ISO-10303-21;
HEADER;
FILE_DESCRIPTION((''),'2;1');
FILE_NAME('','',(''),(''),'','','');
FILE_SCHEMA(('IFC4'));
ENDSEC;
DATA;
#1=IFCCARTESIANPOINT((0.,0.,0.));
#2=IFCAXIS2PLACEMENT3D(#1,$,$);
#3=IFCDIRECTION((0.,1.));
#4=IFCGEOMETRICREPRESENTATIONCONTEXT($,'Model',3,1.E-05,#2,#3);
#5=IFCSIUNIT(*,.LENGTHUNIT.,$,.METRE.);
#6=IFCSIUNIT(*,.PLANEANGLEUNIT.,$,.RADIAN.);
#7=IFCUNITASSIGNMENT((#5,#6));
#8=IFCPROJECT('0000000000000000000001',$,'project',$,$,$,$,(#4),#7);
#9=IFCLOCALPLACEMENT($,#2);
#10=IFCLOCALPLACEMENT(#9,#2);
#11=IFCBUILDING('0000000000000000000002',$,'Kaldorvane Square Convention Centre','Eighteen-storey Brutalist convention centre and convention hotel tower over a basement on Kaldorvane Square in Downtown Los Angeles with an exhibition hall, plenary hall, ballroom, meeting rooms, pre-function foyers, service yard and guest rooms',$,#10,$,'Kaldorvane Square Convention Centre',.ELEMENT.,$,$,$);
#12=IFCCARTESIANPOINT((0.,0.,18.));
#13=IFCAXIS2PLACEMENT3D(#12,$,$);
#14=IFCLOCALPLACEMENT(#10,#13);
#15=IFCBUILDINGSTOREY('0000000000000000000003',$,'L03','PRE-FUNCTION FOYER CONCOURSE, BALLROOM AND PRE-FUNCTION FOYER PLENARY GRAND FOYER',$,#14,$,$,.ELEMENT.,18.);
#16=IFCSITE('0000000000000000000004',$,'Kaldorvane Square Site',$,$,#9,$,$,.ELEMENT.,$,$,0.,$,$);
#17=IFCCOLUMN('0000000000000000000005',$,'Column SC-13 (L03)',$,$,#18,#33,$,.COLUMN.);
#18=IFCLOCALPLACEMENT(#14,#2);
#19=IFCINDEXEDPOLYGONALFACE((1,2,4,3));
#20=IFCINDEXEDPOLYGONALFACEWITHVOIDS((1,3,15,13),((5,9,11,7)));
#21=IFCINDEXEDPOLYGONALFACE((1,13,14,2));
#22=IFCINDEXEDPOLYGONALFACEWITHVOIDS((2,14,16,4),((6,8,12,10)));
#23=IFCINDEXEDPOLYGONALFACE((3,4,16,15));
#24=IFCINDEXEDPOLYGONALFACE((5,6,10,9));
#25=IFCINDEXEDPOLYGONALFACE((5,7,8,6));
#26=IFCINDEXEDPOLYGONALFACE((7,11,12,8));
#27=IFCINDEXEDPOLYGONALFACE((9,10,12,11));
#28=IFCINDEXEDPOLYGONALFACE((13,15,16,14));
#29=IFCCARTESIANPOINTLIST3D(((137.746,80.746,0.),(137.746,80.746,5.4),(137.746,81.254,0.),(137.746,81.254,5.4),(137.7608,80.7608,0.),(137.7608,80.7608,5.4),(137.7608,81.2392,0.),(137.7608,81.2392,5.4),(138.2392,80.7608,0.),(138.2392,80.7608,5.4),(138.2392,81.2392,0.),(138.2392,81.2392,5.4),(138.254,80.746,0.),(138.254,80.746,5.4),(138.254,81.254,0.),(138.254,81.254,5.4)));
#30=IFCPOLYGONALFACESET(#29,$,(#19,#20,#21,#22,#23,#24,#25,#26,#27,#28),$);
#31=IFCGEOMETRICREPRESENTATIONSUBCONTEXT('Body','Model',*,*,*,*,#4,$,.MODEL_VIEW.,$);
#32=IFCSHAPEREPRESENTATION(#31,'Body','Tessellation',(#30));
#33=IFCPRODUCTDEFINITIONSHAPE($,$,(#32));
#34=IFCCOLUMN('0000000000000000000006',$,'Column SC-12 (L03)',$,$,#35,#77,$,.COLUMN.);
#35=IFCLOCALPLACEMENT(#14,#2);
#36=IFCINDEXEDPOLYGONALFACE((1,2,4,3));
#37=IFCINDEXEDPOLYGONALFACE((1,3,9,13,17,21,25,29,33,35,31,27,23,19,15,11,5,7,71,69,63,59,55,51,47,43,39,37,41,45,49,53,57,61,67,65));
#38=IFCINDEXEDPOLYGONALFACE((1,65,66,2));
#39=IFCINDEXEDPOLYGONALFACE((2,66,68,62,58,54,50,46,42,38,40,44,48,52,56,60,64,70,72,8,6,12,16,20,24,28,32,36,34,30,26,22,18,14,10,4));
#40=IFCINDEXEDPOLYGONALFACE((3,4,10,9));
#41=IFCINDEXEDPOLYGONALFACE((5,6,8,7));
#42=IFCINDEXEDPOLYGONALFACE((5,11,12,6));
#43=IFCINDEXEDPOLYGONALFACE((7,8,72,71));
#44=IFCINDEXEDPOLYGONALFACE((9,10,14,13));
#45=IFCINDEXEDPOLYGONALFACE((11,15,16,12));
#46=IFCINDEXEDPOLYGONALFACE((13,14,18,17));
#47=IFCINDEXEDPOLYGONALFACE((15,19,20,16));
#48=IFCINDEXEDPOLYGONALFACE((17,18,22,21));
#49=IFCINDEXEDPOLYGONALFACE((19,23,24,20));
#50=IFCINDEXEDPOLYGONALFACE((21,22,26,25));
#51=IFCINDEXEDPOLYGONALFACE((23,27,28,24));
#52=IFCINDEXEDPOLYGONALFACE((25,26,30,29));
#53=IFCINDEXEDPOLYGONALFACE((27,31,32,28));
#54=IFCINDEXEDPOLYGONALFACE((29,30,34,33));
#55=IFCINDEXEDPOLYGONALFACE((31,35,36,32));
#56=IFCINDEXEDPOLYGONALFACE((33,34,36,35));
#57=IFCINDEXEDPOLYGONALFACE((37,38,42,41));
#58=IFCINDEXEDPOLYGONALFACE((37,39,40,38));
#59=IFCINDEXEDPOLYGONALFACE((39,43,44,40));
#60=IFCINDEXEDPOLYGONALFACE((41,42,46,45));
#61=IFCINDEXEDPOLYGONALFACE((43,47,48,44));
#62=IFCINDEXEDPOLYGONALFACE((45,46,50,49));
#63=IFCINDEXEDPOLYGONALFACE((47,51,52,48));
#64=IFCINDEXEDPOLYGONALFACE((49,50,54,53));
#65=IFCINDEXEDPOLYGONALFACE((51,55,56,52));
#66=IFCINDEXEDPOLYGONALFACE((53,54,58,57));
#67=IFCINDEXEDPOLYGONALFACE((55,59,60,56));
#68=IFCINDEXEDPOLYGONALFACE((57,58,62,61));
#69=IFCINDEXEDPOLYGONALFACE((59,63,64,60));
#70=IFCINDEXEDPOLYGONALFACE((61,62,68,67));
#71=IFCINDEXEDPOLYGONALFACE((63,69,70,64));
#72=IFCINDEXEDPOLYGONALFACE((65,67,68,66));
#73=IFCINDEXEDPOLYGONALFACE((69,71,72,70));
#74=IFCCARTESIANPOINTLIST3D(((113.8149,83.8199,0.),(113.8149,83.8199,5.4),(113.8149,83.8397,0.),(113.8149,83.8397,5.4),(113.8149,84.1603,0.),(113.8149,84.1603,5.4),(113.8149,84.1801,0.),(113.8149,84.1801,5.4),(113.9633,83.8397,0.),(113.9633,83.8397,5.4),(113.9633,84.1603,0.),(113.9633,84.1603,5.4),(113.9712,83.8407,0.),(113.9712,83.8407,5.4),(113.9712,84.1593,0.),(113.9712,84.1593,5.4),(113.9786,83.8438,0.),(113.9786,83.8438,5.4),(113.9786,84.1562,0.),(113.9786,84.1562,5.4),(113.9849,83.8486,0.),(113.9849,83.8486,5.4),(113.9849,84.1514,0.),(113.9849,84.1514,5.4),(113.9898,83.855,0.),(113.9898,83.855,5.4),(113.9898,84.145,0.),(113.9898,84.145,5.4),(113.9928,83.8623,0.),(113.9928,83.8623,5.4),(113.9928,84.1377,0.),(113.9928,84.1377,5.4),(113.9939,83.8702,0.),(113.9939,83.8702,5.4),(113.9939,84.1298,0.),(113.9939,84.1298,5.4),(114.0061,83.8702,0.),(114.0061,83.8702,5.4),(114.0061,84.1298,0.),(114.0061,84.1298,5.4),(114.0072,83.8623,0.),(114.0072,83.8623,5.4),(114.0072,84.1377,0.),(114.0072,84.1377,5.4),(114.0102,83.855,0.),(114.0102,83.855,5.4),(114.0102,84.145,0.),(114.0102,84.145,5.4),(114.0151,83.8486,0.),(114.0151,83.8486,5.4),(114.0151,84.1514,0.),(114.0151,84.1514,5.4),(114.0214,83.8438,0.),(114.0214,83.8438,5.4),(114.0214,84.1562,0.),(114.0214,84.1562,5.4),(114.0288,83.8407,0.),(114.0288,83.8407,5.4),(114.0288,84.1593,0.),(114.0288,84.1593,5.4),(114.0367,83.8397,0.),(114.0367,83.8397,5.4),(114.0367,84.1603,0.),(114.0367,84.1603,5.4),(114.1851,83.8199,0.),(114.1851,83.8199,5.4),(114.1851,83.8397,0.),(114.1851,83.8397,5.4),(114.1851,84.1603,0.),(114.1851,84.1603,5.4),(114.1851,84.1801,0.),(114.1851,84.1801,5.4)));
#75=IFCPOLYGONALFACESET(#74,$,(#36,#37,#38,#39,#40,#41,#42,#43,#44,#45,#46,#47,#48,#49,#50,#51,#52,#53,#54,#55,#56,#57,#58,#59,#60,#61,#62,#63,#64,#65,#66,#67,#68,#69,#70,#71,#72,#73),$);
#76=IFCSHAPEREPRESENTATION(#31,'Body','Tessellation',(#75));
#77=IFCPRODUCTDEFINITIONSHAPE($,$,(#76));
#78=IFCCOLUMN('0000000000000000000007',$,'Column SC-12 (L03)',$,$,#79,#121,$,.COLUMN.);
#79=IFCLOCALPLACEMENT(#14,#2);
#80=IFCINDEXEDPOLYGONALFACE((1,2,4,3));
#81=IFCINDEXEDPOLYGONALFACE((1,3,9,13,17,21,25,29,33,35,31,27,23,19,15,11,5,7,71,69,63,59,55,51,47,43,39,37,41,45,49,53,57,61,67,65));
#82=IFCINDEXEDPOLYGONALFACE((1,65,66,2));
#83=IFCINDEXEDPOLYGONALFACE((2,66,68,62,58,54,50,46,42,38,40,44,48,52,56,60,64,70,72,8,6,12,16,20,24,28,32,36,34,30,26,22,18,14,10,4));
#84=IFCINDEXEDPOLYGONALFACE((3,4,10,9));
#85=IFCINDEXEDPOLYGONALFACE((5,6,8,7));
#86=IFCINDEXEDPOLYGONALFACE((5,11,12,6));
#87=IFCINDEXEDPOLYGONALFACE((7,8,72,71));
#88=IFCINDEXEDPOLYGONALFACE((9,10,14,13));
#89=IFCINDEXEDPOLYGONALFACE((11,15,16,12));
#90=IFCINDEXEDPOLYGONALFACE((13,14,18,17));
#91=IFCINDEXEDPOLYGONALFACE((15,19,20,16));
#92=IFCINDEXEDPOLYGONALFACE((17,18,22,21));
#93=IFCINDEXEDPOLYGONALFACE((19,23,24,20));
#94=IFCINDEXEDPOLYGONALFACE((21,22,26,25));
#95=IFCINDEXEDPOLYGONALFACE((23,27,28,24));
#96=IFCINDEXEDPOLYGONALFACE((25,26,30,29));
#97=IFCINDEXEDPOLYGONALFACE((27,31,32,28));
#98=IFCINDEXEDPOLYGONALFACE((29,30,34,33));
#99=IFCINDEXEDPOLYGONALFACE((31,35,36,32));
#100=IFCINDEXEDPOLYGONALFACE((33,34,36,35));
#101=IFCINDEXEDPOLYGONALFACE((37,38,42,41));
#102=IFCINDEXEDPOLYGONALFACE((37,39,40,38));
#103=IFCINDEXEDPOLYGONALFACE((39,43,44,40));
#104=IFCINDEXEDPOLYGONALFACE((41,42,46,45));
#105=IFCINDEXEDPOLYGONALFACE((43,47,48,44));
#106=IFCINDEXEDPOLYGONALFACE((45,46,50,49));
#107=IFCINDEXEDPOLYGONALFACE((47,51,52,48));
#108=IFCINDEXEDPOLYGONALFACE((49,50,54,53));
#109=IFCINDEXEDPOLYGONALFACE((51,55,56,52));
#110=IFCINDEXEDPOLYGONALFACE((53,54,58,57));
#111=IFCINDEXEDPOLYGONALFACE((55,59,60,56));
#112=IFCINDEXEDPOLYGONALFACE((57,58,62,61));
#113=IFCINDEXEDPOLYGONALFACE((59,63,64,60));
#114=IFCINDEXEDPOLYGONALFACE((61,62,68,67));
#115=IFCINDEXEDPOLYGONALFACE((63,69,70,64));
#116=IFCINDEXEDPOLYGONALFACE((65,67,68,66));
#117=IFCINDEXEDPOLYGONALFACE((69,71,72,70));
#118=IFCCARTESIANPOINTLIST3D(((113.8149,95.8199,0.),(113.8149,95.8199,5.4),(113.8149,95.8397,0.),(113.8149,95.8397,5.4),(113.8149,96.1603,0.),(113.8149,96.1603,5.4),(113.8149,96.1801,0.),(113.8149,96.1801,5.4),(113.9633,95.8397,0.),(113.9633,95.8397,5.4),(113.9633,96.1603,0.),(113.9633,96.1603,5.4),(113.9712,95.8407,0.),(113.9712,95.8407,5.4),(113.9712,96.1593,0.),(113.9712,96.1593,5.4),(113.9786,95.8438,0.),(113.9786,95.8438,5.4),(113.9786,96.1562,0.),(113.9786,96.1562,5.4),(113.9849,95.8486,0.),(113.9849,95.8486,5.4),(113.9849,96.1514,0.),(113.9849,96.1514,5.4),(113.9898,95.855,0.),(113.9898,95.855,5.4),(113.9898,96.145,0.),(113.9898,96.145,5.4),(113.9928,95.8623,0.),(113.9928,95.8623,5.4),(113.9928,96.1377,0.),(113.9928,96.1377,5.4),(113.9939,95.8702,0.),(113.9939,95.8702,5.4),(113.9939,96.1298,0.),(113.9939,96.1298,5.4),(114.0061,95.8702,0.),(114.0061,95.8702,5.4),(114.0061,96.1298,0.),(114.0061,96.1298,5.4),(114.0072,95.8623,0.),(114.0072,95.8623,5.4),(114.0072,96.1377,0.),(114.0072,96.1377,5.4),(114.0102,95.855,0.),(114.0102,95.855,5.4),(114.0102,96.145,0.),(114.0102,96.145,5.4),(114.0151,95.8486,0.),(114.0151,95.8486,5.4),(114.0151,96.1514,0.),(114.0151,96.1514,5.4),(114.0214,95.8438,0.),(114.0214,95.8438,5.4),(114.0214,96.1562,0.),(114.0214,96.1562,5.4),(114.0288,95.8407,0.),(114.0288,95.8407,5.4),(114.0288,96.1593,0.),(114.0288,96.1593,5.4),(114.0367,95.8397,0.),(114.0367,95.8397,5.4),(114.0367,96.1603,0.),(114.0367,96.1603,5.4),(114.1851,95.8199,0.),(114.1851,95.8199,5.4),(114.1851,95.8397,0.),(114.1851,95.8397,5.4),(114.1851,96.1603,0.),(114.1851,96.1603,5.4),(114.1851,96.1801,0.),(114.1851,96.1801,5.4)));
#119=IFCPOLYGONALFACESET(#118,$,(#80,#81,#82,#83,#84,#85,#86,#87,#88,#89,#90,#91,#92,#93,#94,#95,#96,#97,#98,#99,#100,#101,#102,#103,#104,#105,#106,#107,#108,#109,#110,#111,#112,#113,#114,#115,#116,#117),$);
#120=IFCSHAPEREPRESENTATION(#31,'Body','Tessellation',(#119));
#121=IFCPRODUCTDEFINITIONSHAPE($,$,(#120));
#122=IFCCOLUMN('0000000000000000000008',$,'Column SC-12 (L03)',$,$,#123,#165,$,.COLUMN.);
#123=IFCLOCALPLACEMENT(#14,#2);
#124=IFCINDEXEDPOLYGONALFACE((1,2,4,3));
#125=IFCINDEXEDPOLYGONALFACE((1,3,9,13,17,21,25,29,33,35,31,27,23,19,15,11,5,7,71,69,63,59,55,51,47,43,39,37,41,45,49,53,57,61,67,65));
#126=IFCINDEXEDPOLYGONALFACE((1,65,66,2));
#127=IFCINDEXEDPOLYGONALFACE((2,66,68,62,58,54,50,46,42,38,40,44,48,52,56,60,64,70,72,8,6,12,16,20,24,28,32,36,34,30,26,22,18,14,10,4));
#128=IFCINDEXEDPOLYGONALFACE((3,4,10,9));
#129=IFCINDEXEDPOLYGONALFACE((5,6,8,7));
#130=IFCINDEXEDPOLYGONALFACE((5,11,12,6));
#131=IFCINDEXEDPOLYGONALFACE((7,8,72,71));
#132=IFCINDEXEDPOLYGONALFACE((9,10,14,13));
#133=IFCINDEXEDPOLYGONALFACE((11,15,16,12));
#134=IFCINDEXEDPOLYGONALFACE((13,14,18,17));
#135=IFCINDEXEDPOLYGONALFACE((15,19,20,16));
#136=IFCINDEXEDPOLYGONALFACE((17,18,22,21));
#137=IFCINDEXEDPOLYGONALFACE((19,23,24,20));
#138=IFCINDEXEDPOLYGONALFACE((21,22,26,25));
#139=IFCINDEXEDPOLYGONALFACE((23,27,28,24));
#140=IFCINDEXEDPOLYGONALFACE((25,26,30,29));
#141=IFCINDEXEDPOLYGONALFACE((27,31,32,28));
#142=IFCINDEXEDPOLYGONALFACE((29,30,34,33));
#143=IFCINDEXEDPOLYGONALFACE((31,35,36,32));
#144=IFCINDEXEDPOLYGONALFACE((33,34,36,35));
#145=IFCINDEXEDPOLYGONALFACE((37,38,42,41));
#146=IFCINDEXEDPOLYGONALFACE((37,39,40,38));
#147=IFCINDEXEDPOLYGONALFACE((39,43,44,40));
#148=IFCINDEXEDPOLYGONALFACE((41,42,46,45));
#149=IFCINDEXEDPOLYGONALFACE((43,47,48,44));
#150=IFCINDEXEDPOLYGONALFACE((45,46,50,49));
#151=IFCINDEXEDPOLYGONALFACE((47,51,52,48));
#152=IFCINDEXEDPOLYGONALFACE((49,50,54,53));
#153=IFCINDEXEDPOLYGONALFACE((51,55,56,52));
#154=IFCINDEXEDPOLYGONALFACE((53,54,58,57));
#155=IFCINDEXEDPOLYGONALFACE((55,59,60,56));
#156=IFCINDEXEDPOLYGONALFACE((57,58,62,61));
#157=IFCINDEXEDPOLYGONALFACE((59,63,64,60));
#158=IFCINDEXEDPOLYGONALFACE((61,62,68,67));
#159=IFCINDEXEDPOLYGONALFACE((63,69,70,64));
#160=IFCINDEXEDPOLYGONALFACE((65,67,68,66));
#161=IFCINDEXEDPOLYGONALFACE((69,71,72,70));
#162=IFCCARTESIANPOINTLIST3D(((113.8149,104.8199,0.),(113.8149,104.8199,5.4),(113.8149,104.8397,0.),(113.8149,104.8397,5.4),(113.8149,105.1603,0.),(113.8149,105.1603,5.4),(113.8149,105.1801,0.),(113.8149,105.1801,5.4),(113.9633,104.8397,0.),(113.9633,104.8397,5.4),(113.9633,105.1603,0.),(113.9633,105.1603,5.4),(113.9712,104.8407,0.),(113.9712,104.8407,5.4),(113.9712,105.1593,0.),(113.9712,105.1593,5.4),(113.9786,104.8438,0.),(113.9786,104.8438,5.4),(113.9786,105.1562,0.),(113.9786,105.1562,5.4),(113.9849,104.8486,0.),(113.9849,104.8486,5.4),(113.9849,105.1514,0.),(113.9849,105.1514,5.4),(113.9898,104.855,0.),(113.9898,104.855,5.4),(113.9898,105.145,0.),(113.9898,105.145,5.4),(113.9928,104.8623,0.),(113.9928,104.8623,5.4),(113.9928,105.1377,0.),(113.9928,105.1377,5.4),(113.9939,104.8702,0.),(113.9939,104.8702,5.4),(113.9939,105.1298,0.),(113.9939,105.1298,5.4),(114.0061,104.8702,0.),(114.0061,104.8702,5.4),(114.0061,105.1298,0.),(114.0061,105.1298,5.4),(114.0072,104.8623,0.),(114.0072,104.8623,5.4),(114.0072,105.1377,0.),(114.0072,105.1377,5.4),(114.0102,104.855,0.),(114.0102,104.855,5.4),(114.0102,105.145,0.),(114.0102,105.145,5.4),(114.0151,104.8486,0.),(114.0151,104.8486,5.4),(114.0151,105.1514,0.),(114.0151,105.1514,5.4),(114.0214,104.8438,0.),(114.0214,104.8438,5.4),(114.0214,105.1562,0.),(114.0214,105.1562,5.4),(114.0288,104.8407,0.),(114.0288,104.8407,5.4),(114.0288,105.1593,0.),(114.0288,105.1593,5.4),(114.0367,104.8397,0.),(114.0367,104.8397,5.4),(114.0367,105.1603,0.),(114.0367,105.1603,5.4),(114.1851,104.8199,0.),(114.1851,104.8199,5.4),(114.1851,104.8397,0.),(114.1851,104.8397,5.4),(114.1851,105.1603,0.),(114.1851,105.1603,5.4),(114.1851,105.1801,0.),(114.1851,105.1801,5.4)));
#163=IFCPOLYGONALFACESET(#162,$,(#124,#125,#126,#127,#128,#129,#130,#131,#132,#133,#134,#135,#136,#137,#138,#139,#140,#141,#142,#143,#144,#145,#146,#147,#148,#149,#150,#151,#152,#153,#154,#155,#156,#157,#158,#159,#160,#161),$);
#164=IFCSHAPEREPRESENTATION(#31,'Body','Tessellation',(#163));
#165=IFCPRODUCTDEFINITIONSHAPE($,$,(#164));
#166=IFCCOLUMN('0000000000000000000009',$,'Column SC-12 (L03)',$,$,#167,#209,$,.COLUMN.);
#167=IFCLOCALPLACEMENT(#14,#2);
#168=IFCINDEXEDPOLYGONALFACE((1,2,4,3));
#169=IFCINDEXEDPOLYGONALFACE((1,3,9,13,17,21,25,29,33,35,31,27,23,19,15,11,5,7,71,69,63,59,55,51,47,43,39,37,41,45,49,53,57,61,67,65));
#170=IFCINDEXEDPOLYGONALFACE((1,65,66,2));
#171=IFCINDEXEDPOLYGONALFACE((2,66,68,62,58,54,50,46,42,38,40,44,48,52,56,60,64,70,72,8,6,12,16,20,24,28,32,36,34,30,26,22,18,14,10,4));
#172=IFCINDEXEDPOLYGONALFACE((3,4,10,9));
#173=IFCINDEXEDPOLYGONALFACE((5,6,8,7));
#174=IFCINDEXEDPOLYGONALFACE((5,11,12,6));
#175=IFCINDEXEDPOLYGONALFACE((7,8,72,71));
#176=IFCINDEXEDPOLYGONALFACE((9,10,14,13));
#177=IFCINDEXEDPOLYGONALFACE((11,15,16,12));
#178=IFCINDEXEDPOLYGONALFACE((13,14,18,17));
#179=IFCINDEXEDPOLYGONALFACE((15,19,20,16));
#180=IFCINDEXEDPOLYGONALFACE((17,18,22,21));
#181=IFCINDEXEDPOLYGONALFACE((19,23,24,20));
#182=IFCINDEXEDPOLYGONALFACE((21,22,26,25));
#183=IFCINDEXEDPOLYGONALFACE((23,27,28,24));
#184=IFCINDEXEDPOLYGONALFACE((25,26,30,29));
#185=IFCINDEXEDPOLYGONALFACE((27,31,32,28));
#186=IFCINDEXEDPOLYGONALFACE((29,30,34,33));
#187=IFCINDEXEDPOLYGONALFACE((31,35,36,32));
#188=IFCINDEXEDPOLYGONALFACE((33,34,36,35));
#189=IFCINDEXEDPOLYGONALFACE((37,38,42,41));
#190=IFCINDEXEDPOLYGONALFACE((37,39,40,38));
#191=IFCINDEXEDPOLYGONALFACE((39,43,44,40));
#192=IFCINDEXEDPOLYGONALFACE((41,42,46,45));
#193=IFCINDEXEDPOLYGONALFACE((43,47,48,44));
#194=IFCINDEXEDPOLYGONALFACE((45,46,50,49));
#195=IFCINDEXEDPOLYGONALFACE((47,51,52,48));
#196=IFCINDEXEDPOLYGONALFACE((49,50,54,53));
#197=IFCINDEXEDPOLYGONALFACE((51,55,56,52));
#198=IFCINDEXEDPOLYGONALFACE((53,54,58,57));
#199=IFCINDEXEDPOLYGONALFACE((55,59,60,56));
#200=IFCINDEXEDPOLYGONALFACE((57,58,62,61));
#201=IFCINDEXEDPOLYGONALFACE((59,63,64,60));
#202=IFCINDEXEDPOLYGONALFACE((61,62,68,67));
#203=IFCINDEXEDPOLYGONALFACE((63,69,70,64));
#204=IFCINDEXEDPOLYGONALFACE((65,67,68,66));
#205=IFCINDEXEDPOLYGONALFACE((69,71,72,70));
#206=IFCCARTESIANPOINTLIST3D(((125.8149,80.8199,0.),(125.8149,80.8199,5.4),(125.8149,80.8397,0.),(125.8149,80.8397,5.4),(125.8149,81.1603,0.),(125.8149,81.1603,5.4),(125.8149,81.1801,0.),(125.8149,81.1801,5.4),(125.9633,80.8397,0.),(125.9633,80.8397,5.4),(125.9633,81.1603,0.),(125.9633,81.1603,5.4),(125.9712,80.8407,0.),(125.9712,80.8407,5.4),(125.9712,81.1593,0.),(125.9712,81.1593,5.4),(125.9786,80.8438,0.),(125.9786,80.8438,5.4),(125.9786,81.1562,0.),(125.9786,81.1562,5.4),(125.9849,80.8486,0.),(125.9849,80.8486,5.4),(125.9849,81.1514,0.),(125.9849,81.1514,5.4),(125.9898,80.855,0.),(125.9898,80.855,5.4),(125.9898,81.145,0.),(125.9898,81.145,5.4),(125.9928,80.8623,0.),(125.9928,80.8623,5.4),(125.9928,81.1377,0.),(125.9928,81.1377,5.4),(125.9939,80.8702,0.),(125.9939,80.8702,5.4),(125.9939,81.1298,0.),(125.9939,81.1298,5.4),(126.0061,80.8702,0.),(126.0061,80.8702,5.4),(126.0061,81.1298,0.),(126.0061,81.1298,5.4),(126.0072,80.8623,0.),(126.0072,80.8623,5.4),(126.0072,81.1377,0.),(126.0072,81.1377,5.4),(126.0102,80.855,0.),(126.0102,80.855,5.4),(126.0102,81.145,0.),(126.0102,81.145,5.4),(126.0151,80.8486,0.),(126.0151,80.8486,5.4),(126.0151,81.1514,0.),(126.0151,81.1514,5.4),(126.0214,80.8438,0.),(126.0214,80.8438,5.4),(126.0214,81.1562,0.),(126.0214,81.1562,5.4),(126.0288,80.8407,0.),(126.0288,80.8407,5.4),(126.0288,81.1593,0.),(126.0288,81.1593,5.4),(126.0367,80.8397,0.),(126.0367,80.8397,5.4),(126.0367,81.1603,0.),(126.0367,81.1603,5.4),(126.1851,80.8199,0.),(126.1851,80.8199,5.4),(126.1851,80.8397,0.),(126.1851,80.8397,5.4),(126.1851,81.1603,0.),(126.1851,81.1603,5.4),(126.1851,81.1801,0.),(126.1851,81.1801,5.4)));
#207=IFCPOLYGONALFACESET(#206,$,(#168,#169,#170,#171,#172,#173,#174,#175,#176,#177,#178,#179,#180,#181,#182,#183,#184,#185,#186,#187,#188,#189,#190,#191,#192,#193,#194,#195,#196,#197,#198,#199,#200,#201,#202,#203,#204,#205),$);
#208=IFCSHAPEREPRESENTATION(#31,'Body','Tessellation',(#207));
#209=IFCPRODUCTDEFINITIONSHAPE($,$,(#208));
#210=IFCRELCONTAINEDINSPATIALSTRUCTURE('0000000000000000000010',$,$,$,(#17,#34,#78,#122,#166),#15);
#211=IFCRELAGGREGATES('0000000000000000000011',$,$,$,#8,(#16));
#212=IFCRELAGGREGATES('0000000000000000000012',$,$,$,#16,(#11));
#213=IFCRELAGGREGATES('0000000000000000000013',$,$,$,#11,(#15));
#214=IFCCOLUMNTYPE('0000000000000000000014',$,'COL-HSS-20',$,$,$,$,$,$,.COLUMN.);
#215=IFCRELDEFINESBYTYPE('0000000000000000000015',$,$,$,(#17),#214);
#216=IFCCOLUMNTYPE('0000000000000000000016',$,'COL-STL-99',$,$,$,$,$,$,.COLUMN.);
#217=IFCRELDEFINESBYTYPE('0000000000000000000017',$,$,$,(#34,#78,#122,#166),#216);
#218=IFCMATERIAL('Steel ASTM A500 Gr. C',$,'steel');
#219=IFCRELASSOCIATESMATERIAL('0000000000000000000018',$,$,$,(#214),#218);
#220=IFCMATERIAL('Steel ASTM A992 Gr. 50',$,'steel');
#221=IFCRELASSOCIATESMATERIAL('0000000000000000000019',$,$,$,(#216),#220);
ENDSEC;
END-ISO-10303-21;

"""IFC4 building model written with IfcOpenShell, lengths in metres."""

from ifc_helpers import new_model, si_unit, direction, frame, origin, origin_2d, place, context, subcontext, project, spatial, hollow_rectangle, i_section, extrude, material, material_profile, profile_set, type_object, element, save


model = new_model("IFC4")

# Units and contexts
model_context = context("Model", 3, precision=1e-05, world=origin(), true_north=direction((0.0, 1.0)))
body_context = subcontext(model_context, "Body", "Model", "MODEL_VIEW")
ifc_project = project(units=[si_unit("LENGTHUNIT", "METRE"), si_unit("PLANEANGLEUNIT", "RADIAN")], contexts=[model_context])

# Site, building, storey
site_placement = place(None, origin())
site = spatial("IfcSite", under=ifc_project, at=site_placement, Name="Kaldorvane Square Site", CompositionType="ELEMENT", RefElevation=0.0)
building_placement = place(site_placement, origin())
building = spatial("IfcBuilding", under=site, at=building_placement, Name="Kaldorvane Square Convention Centre", Description="Eighteen-storey Brutalist convention centre and convention hotel tower over a basement on Kaldorvane Square in Downtown Los Angeles with an exhibition hall, plenary hall, ballroom, meeting rooms, pre-function foyers, service yard and guest rooms", LongName="Kaldorvane Square Convention Centre", CompositionType="ELEMENT")
storey_placement = place(building_placement, frame((0.0, 0.0, 18.0)))
storey = spatial("IfcBuildingStorey", under=building, at=storey_placement, Name="L03", Description="PRE-FUNCTION FOYER CONCOURSE, BALLROOM AND PRE-FUNCTION FOYER PLENARY GRAND FOYER", CompositionType="ELEMENT", Elevation=18.0)

# Columns
ifc_material_1 = material(Name="Steel ASTM A500 Gr. C", Category="steel")
ifc_material_profile_1 = material_profile(ifc_material_1, hollow_rectangle(XDim=0.508, YDim=0.508, WallThickness=0.0148, at=origin_2d()), Name="HSS20X20X5/8")
ifc_profile_set_1 = profile_set([ifc_material_profile_1], Name="Steel ASTM A500 Gr. C")
column_type_1 = type_object("IfcColumnType", Name="COL-HSS-20", PredefinedType="COLUMN", material=ifc_profile_set_1)
column_placement = place(storey_placement, frame((138.0, 81.0, 0.0), z_axis=(0.0, 0.0, 1.0), x_axis=(1.0, 0.0, 0.0)))
element("IfcColumn", 1, at=column_placement, inside=storey, type_object=column_type_1, Name="Column SC-13 (L03)", PredefinedType="COLUMN", context=body_context, shape_type="SweptSolid", body=[
    extrude(hollow_rectangle(XDim=0.508, YDim=0.508, WallThickness=0.0148, at=origin_2d()), origin(), (0.0, 0.0, 1.0), 5.4),
])
ifc_material_2 = material(Name="Steel ASTM A992 Gr. 50", Category="steel")
ifc_material_profile_2 = material_profile(ifc_material_2, i_section(OverallWidth=0.3701, OverallDepth=0.3602, WebThickness=0.0123, FlangeThickness=0.0198, FilletRadius=0.0305, at=origin_2d()), Name="W14X99")
ifc_profile_set_2 = profile_set([ifc_material_profile_2], Name="Steel ASTM A992 Gr. 50")
column_type_2 = type_object("IfcColumnType", Name="COL-STL-99", PredefinedType="COLUMN", material=ifc_profile_set_2)
for number, where, z_axis, x_axis, name in (
    (2, (114.0, 84.0, 0.0), (0.0, 0.0, 1.0), (1.0, 0.0, 0.0), "Column SC-12 (L03)"),
    (3, (114.0, 96.0, 0.0), (0.0, 0.0, 1.0), (1.0, 0.0, 0.0), "Column SC-12 (L03)"),
    (4, (114.0, 105.0, 0.0), (0.0, 0.0, 1.0), (1.0, 0.0, 0.0), "Column SC-12 (L03)"),
    (5, (126.0, 81.0, 0.0), (0.0, 0.0, 1.0), (1.0, 0.0, 0.0), "Column SC-12 (L03)"),
):
    element("IfcColumn", number, at=place(storey_placement, frame(where, z_axis=z_axis, x_axis=x_axis)), inside=storey, type_object=column_type_2, Name=name, PredefinedType="COLUMN", context=body_context, shape_type="SweptSolid", body=[
        extrude(i_section(OverallWidth=0.3701, OverallDepth=0.3602, WebThickness=0.0123, FlangeThickness=0.0198, FilletRadius=0.0305, at=origin_2d()), origin(), (0.0, 0.0, 1.0), 5.4),
    ])

save(model, "model.ifc")
